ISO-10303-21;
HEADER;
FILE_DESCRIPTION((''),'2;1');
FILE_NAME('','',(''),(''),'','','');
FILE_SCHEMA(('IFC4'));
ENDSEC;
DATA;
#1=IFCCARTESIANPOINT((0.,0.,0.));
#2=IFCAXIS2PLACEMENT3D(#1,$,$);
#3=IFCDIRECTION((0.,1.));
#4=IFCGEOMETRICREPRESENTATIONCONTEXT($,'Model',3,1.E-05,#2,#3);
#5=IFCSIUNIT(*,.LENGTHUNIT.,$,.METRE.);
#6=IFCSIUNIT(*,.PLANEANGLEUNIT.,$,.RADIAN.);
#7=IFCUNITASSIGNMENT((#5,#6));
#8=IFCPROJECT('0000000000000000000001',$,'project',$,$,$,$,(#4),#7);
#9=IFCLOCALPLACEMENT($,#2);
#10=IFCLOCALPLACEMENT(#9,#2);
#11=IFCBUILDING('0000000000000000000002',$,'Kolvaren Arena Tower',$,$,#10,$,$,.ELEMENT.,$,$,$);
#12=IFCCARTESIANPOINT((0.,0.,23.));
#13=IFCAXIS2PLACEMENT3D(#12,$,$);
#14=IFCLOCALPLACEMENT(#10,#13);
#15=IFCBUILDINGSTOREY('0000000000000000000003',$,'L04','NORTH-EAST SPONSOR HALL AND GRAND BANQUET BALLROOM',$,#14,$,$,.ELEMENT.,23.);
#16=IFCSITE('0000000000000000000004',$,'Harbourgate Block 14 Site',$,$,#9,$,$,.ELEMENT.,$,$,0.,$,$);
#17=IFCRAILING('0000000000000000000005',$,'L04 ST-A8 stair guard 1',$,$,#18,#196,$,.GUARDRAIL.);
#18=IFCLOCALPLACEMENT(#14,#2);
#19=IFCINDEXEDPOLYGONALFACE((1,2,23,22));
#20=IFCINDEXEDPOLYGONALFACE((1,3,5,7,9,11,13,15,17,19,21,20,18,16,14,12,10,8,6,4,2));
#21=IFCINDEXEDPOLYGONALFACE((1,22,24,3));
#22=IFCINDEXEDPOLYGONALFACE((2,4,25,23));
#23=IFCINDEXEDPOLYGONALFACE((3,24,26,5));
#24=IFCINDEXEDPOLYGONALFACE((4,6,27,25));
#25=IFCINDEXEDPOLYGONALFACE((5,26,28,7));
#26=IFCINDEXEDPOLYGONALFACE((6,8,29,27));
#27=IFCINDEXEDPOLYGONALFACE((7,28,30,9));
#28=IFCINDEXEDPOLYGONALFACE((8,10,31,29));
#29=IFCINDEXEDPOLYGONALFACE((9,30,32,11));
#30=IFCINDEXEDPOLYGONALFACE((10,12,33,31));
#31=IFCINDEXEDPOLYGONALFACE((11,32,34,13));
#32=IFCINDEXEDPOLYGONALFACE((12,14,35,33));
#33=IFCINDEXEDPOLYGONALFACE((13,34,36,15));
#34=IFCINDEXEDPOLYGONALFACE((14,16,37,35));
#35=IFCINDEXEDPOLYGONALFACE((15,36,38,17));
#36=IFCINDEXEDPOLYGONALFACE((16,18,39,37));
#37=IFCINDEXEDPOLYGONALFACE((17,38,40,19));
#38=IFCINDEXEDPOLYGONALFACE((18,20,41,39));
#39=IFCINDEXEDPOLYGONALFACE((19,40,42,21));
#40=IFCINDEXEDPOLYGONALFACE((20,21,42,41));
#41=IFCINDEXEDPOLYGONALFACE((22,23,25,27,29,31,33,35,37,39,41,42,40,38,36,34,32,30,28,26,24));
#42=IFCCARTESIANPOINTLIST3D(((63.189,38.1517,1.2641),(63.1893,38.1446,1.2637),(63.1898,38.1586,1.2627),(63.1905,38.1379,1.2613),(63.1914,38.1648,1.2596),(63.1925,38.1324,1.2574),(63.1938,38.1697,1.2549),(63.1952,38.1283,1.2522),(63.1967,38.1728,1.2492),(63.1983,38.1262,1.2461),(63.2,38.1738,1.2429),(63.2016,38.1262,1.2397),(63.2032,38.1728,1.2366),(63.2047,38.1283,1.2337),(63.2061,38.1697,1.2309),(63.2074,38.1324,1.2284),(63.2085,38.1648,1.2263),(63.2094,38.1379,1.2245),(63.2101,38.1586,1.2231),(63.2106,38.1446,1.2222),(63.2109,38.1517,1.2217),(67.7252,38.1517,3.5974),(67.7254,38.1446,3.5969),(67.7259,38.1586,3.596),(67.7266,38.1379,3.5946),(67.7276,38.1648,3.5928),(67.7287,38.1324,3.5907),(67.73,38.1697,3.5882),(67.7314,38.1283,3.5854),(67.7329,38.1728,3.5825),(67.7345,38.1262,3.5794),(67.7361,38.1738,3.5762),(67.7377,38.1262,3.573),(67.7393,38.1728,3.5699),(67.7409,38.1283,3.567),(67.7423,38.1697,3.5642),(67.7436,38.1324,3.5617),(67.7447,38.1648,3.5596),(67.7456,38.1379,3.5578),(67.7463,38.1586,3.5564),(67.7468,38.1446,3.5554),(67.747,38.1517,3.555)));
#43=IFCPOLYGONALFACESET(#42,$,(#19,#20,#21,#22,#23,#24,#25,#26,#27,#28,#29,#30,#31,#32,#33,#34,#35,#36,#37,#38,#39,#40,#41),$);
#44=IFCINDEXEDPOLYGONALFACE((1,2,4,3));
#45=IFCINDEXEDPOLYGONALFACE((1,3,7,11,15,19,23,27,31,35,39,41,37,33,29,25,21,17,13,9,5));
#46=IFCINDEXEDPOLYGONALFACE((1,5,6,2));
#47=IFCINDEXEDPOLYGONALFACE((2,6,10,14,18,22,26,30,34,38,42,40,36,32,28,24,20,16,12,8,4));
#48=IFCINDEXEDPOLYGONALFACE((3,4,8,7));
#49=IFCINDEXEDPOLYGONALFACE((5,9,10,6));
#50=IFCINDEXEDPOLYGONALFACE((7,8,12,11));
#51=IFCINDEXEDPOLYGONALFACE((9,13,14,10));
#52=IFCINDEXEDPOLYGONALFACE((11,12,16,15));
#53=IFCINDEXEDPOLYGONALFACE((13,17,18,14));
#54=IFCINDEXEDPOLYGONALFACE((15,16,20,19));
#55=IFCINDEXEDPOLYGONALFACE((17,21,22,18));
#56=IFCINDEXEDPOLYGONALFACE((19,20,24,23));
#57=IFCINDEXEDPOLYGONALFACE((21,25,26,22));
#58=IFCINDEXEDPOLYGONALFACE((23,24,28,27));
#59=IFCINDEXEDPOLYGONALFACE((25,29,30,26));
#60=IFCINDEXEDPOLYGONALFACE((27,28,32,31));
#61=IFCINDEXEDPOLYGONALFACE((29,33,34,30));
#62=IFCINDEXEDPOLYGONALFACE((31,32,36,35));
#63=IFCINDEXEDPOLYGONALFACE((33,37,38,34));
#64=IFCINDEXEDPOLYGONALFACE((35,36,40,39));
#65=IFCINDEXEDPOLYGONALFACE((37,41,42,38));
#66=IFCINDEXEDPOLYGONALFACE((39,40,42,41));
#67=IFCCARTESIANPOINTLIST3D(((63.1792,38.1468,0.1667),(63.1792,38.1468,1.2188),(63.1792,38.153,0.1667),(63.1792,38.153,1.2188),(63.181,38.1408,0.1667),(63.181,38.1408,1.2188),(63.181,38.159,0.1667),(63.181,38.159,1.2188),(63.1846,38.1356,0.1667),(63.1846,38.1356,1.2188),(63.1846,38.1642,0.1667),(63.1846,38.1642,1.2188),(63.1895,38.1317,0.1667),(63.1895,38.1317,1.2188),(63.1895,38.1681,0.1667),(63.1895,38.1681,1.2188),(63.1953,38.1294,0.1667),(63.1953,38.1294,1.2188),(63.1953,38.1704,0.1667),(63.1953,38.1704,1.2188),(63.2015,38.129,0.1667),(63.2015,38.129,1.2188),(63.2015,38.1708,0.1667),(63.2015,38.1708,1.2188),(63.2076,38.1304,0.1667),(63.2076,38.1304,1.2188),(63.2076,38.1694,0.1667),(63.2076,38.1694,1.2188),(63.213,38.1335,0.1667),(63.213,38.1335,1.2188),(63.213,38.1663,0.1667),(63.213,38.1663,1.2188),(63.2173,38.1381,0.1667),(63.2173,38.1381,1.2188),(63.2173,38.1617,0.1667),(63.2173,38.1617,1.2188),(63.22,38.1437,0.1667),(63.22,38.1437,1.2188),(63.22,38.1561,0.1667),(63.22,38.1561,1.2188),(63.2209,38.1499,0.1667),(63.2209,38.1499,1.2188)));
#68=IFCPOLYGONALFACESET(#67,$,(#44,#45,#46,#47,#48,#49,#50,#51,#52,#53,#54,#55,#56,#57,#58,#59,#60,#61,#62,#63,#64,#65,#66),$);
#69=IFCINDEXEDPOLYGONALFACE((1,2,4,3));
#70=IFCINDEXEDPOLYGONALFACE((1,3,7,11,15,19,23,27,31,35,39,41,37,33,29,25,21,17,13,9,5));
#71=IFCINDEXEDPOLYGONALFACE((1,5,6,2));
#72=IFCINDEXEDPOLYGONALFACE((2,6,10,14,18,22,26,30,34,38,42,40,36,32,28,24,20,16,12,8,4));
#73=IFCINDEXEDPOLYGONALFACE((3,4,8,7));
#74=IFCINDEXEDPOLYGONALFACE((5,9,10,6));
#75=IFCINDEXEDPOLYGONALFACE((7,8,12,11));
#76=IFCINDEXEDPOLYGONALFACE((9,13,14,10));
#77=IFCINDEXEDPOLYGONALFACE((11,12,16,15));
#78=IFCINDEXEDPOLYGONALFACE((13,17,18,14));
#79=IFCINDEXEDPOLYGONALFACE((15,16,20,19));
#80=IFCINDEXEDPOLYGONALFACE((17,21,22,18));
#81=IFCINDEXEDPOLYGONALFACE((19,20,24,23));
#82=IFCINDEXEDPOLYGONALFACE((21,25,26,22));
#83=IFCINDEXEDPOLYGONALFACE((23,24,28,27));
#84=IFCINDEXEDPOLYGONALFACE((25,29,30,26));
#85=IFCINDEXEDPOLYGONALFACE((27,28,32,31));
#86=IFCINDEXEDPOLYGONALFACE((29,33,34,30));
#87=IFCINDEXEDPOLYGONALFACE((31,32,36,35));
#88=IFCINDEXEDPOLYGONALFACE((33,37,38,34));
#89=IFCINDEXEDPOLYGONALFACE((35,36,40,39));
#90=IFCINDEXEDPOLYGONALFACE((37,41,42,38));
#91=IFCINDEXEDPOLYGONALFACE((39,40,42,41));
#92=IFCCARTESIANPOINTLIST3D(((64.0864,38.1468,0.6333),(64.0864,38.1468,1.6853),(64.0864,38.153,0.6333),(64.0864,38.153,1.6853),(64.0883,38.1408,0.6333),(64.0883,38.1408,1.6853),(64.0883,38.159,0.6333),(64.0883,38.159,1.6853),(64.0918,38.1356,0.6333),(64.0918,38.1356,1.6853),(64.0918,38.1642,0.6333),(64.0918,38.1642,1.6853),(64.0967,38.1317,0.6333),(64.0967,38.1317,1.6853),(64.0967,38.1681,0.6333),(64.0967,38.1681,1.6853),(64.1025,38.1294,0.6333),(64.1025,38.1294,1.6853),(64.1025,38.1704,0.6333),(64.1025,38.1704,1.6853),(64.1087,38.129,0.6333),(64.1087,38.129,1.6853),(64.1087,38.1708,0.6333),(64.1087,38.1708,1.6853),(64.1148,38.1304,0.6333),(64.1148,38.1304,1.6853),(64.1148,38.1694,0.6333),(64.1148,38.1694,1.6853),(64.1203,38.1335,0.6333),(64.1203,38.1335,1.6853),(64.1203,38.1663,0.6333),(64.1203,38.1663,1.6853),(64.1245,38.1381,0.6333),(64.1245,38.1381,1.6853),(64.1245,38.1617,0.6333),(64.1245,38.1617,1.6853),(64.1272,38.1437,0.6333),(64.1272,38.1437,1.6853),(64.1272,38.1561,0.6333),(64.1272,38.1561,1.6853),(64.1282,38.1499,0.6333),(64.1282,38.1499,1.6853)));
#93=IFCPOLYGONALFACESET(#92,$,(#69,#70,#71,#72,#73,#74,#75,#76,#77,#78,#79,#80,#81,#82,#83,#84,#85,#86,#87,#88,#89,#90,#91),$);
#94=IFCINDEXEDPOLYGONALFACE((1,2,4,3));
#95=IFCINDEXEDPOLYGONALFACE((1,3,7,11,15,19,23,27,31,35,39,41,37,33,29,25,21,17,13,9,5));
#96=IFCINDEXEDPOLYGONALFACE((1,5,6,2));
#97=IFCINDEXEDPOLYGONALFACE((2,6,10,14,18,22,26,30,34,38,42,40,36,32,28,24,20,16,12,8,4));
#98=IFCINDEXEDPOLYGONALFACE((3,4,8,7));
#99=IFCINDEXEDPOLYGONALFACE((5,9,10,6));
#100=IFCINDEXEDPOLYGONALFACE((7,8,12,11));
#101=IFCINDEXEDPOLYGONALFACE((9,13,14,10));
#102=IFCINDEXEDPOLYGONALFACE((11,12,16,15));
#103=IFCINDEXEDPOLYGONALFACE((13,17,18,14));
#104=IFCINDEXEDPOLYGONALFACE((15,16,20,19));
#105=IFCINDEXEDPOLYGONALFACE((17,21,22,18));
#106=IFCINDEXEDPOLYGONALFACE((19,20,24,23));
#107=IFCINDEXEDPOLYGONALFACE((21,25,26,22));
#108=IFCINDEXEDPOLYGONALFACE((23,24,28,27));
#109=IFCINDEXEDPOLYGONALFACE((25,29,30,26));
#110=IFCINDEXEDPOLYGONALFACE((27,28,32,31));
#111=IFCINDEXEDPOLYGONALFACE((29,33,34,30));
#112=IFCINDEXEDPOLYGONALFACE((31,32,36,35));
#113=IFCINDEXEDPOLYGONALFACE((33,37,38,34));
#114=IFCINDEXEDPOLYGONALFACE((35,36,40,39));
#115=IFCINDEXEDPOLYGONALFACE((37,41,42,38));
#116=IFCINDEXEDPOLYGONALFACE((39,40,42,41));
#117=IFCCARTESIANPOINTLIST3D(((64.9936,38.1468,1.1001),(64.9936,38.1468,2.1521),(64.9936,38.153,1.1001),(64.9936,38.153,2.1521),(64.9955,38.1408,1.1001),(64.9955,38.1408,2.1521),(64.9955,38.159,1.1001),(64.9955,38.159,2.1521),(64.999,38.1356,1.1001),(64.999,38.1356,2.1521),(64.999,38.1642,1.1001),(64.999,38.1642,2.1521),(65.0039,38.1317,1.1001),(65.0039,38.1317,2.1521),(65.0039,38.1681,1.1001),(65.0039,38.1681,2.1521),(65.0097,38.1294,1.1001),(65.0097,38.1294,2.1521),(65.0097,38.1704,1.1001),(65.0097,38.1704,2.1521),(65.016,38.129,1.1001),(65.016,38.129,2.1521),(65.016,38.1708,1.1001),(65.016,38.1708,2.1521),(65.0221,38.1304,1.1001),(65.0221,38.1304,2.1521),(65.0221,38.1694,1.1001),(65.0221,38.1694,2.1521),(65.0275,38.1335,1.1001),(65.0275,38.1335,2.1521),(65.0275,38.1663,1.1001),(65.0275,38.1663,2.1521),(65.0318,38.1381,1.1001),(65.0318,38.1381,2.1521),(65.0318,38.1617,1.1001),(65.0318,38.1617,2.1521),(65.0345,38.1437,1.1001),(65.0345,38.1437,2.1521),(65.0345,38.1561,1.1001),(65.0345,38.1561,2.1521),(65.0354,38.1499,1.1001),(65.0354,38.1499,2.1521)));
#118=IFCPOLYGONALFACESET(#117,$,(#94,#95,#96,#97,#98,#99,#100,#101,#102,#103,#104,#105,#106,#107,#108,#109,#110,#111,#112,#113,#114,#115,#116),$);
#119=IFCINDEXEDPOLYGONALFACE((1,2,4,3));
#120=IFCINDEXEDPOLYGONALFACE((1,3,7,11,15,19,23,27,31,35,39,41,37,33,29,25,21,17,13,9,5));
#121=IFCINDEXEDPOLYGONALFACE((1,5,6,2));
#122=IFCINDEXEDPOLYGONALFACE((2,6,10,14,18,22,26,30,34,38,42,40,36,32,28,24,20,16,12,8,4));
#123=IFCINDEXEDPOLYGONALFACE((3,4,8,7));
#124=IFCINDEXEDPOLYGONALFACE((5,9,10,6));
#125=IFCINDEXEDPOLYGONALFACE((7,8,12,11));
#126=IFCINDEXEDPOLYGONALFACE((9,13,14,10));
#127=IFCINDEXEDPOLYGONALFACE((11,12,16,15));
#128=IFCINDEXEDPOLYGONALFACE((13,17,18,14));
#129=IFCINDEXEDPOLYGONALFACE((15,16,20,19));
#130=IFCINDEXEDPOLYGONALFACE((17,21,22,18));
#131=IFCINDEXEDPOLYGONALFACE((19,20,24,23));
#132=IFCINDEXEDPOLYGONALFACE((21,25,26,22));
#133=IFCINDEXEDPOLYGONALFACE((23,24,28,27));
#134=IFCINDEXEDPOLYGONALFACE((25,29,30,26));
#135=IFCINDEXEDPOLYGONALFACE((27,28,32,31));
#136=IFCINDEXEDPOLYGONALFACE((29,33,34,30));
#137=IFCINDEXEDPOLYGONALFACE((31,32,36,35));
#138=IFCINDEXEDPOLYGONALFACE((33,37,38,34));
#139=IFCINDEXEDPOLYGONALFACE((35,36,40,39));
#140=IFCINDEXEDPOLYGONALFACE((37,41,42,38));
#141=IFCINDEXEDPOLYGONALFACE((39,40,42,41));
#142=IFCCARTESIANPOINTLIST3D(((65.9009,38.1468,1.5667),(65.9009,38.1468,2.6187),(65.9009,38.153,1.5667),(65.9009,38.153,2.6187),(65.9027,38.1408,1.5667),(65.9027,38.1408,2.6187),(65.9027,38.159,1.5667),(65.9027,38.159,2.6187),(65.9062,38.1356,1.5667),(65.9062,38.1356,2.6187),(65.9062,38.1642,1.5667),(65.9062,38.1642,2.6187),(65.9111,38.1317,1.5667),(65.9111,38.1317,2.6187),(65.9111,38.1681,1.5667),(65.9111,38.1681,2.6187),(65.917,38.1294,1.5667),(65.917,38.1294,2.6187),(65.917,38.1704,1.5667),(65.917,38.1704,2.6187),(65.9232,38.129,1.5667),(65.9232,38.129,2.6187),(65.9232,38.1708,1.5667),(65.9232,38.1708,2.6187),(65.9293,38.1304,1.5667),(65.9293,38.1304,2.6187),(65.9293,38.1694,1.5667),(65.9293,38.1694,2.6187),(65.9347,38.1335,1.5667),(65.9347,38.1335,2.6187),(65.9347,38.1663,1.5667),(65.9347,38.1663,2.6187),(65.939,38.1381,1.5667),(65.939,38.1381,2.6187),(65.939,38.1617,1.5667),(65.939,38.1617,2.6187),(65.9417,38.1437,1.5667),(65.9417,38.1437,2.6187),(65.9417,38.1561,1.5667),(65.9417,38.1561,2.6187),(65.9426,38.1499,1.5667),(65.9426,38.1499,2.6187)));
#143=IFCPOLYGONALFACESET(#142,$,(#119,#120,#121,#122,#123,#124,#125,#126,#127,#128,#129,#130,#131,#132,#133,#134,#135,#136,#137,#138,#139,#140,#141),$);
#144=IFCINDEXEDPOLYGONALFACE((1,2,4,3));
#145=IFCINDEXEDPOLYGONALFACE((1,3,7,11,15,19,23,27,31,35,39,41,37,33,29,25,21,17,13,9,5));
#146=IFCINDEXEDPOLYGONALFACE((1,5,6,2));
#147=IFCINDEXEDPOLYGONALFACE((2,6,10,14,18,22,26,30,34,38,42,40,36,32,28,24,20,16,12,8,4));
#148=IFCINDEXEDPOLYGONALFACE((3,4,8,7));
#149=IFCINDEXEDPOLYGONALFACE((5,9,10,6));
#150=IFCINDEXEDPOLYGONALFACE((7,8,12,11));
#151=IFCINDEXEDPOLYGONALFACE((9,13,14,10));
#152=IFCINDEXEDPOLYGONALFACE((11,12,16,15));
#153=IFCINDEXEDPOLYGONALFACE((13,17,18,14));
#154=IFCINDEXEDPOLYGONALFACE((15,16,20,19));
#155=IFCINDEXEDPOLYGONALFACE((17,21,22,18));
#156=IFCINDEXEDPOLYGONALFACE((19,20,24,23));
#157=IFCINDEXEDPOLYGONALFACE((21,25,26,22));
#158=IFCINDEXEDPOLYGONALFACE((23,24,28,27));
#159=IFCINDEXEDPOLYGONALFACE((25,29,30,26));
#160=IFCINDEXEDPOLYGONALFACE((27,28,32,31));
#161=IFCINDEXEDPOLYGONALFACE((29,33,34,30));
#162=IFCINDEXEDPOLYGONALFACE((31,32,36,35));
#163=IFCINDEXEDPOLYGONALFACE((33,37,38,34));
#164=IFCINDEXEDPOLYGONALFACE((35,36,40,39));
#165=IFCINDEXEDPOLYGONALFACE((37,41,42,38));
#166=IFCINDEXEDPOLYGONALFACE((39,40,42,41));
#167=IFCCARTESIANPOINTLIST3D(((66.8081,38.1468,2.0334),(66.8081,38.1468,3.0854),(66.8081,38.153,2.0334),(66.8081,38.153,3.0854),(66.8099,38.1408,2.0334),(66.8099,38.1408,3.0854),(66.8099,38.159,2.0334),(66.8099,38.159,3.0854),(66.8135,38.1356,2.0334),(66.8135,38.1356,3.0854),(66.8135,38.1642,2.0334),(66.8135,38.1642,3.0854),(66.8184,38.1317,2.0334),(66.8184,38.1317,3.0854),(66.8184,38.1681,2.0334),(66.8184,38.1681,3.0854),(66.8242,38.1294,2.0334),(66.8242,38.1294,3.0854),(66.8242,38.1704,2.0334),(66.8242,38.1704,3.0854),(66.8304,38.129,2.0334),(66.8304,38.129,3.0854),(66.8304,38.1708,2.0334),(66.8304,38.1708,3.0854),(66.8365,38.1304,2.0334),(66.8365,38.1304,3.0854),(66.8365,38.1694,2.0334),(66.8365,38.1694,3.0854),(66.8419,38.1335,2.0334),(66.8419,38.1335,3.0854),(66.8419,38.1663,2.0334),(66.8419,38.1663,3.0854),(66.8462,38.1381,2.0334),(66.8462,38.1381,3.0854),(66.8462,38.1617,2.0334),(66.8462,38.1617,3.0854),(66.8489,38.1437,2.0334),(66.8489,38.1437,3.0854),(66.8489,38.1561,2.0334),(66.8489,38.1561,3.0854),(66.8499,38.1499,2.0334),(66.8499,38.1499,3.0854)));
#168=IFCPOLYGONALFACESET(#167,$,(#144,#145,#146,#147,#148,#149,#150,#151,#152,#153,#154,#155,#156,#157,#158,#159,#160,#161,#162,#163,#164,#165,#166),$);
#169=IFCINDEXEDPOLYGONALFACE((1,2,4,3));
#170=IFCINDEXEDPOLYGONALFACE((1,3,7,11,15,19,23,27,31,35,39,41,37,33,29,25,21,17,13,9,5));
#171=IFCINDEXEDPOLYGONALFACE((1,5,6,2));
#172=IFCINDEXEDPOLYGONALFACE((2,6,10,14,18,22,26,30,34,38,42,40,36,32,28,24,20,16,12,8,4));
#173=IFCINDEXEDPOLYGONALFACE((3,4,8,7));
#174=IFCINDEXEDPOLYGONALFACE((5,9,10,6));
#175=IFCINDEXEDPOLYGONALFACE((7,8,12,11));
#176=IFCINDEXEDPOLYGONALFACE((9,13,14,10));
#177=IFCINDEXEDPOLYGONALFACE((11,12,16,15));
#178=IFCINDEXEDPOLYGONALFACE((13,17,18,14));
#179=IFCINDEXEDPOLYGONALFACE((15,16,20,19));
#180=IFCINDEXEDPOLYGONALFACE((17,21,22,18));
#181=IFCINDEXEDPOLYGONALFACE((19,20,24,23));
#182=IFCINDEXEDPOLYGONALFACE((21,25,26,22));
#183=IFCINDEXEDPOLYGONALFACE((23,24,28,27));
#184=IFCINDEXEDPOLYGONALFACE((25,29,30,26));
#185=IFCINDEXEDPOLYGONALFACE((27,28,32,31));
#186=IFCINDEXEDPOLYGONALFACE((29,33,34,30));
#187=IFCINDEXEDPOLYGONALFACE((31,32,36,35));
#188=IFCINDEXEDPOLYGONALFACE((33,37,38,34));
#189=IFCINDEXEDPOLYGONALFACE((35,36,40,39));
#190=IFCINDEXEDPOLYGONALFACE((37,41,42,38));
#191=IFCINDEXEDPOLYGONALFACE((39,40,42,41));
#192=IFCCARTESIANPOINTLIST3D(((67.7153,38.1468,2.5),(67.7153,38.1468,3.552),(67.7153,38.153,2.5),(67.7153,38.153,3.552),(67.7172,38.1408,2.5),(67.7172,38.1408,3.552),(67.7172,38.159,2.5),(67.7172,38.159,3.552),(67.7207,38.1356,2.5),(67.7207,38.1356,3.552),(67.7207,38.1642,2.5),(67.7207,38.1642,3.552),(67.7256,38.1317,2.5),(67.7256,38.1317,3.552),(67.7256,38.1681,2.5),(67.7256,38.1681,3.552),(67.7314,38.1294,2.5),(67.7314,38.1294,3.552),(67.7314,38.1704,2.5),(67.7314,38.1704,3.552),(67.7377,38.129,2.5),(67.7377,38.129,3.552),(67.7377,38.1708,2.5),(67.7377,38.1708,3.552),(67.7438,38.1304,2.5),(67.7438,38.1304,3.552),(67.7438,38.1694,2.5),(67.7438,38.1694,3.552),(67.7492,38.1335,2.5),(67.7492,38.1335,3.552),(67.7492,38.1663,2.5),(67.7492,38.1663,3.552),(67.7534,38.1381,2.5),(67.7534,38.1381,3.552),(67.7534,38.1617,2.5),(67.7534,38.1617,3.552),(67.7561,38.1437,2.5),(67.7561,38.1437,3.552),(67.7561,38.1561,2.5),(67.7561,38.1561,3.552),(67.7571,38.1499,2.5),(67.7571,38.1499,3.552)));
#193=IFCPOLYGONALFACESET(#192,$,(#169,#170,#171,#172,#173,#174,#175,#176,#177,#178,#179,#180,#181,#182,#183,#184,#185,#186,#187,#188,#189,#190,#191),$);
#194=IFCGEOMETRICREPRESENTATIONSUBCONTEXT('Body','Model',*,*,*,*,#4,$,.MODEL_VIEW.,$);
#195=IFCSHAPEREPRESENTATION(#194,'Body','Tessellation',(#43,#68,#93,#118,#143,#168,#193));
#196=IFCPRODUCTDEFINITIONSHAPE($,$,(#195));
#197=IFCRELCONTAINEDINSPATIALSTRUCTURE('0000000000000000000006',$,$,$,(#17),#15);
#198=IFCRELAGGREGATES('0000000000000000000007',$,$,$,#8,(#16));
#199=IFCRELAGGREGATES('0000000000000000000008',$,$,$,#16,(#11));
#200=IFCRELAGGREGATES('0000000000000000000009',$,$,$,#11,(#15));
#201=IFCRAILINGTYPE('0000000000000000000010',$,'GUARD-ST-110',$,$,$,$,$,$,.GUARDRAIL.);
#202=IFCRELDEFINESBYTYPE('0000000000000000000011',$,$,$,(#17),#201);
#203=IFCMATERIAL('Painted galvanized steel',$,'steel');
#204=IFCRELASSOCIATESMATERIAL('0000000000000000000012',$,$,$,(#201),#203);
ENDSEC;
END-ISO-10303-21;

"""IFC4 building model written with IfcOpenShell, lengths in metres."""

from ifc_helpers import new_model, si_unit, direction, frame, origin, origin_2d, place, context, subcontext, project, spatial, circle, extrude, material, type_object, element, save


model = new_model("IFC4")

# Units and contexts
model_context = context("Model", 3, precision=1e-05, world=origin(), true_north=direction((0.0, 1.0)))
body_context = subcontext(model_context, "Body", "Model", "MODEL_VIEW")
ifc_project = project(units=[si_unit("LENGTHUNIT", "METRE"), si_unit("PLANEANGLEUNIT", "RADIAN")], contexts=[model_context])

# Site, building, storey
site_placement = place(None, origin())
site = spatial("IfcSite", under=ifc_project, at=site_placement, Name="Harbourgate Block 14 Site", CompositionType="ELEMENT", RefElevation=0.0)
building_placement = place(site_placement, origin())
building = spatial("IfcBuilding", under=site, at=building_placement, Name="Kolvaren Arena Tower", CompositionType="ELEMENT")
storey_placement = place(building_placement, frame((0.0, 0.0, 23.0)))
storey = spatial("IfcBuildingStorey", under=building, at=storey_placement, Name="L04", Description="NORTH-EAST SPONSOR HALL AND GRAND BANQUET BALLROOM", CompositionType="ELEMENT", Elevation=23.0)

# Railing
ifc_material_1 = material(Name="Painted galvanized steel", Category="steel")
railing_type_1 = type_object("IfcRailingType", Name="GUARD-ST-110", PredefinedType="GUARDRAIL", material=ifc_material_1)
railing_1_placement = place(storey_placement, frame((63.2, 38.1499, 0.1667)))
element("IfcRailing", 1, at=railing_1_placement, inside=storey, type_object=railing_type_1, Name="L04 ST-A8 stair guard 1", PredefinedType="GUARDRAIL", context=body_context, shape_type="SweptSolid", body=[
    extrude(circle(Radius=0.0239, at=origin_2d()), frame((0.0, 0.0, 1.0762), z_axis=(0.889257, 0.0, 0.457407), x_axis=(0.0, 1.0, 0.0)), (0.0, 0.0, 1.0), 5.1011),
    extrude(circle(Radius=0.021, at=origin_2d()), origin(), (0.0, 0.0, 1.0), 1.052),
    extrude(circle(Radius=0.021, at=origin_2d()), frame((0.9072, 0.0, 0.4666)), (0.0, 0.0, 1.0), 1.052),
    extrude(circle(Radius=0.021, at=origin_2d()), frame((1.8145, 0.0, 0.9333)), (0.0, 0.0, 1.0), 1.052),
    extrude(circle(Radius=0.021, at=origin_2d()), frame((2.7217, 0.0, 1.3999)), (0.0, 0.0, 1.0), 1.052),
    extrude(circle(Radius=0.021, at=origin_2d()), frame((3.6289, 0.0, 1.8667)), (0.0, 0.0, 1.0), 1.052),
    extrude(circle(Radius=0.021, at=origin_2d()), frame((4.5361, 0.0, 2.3333)), (0.0, 0.0, 1.0), 1.052),
])

save(model, "model.ifc")
